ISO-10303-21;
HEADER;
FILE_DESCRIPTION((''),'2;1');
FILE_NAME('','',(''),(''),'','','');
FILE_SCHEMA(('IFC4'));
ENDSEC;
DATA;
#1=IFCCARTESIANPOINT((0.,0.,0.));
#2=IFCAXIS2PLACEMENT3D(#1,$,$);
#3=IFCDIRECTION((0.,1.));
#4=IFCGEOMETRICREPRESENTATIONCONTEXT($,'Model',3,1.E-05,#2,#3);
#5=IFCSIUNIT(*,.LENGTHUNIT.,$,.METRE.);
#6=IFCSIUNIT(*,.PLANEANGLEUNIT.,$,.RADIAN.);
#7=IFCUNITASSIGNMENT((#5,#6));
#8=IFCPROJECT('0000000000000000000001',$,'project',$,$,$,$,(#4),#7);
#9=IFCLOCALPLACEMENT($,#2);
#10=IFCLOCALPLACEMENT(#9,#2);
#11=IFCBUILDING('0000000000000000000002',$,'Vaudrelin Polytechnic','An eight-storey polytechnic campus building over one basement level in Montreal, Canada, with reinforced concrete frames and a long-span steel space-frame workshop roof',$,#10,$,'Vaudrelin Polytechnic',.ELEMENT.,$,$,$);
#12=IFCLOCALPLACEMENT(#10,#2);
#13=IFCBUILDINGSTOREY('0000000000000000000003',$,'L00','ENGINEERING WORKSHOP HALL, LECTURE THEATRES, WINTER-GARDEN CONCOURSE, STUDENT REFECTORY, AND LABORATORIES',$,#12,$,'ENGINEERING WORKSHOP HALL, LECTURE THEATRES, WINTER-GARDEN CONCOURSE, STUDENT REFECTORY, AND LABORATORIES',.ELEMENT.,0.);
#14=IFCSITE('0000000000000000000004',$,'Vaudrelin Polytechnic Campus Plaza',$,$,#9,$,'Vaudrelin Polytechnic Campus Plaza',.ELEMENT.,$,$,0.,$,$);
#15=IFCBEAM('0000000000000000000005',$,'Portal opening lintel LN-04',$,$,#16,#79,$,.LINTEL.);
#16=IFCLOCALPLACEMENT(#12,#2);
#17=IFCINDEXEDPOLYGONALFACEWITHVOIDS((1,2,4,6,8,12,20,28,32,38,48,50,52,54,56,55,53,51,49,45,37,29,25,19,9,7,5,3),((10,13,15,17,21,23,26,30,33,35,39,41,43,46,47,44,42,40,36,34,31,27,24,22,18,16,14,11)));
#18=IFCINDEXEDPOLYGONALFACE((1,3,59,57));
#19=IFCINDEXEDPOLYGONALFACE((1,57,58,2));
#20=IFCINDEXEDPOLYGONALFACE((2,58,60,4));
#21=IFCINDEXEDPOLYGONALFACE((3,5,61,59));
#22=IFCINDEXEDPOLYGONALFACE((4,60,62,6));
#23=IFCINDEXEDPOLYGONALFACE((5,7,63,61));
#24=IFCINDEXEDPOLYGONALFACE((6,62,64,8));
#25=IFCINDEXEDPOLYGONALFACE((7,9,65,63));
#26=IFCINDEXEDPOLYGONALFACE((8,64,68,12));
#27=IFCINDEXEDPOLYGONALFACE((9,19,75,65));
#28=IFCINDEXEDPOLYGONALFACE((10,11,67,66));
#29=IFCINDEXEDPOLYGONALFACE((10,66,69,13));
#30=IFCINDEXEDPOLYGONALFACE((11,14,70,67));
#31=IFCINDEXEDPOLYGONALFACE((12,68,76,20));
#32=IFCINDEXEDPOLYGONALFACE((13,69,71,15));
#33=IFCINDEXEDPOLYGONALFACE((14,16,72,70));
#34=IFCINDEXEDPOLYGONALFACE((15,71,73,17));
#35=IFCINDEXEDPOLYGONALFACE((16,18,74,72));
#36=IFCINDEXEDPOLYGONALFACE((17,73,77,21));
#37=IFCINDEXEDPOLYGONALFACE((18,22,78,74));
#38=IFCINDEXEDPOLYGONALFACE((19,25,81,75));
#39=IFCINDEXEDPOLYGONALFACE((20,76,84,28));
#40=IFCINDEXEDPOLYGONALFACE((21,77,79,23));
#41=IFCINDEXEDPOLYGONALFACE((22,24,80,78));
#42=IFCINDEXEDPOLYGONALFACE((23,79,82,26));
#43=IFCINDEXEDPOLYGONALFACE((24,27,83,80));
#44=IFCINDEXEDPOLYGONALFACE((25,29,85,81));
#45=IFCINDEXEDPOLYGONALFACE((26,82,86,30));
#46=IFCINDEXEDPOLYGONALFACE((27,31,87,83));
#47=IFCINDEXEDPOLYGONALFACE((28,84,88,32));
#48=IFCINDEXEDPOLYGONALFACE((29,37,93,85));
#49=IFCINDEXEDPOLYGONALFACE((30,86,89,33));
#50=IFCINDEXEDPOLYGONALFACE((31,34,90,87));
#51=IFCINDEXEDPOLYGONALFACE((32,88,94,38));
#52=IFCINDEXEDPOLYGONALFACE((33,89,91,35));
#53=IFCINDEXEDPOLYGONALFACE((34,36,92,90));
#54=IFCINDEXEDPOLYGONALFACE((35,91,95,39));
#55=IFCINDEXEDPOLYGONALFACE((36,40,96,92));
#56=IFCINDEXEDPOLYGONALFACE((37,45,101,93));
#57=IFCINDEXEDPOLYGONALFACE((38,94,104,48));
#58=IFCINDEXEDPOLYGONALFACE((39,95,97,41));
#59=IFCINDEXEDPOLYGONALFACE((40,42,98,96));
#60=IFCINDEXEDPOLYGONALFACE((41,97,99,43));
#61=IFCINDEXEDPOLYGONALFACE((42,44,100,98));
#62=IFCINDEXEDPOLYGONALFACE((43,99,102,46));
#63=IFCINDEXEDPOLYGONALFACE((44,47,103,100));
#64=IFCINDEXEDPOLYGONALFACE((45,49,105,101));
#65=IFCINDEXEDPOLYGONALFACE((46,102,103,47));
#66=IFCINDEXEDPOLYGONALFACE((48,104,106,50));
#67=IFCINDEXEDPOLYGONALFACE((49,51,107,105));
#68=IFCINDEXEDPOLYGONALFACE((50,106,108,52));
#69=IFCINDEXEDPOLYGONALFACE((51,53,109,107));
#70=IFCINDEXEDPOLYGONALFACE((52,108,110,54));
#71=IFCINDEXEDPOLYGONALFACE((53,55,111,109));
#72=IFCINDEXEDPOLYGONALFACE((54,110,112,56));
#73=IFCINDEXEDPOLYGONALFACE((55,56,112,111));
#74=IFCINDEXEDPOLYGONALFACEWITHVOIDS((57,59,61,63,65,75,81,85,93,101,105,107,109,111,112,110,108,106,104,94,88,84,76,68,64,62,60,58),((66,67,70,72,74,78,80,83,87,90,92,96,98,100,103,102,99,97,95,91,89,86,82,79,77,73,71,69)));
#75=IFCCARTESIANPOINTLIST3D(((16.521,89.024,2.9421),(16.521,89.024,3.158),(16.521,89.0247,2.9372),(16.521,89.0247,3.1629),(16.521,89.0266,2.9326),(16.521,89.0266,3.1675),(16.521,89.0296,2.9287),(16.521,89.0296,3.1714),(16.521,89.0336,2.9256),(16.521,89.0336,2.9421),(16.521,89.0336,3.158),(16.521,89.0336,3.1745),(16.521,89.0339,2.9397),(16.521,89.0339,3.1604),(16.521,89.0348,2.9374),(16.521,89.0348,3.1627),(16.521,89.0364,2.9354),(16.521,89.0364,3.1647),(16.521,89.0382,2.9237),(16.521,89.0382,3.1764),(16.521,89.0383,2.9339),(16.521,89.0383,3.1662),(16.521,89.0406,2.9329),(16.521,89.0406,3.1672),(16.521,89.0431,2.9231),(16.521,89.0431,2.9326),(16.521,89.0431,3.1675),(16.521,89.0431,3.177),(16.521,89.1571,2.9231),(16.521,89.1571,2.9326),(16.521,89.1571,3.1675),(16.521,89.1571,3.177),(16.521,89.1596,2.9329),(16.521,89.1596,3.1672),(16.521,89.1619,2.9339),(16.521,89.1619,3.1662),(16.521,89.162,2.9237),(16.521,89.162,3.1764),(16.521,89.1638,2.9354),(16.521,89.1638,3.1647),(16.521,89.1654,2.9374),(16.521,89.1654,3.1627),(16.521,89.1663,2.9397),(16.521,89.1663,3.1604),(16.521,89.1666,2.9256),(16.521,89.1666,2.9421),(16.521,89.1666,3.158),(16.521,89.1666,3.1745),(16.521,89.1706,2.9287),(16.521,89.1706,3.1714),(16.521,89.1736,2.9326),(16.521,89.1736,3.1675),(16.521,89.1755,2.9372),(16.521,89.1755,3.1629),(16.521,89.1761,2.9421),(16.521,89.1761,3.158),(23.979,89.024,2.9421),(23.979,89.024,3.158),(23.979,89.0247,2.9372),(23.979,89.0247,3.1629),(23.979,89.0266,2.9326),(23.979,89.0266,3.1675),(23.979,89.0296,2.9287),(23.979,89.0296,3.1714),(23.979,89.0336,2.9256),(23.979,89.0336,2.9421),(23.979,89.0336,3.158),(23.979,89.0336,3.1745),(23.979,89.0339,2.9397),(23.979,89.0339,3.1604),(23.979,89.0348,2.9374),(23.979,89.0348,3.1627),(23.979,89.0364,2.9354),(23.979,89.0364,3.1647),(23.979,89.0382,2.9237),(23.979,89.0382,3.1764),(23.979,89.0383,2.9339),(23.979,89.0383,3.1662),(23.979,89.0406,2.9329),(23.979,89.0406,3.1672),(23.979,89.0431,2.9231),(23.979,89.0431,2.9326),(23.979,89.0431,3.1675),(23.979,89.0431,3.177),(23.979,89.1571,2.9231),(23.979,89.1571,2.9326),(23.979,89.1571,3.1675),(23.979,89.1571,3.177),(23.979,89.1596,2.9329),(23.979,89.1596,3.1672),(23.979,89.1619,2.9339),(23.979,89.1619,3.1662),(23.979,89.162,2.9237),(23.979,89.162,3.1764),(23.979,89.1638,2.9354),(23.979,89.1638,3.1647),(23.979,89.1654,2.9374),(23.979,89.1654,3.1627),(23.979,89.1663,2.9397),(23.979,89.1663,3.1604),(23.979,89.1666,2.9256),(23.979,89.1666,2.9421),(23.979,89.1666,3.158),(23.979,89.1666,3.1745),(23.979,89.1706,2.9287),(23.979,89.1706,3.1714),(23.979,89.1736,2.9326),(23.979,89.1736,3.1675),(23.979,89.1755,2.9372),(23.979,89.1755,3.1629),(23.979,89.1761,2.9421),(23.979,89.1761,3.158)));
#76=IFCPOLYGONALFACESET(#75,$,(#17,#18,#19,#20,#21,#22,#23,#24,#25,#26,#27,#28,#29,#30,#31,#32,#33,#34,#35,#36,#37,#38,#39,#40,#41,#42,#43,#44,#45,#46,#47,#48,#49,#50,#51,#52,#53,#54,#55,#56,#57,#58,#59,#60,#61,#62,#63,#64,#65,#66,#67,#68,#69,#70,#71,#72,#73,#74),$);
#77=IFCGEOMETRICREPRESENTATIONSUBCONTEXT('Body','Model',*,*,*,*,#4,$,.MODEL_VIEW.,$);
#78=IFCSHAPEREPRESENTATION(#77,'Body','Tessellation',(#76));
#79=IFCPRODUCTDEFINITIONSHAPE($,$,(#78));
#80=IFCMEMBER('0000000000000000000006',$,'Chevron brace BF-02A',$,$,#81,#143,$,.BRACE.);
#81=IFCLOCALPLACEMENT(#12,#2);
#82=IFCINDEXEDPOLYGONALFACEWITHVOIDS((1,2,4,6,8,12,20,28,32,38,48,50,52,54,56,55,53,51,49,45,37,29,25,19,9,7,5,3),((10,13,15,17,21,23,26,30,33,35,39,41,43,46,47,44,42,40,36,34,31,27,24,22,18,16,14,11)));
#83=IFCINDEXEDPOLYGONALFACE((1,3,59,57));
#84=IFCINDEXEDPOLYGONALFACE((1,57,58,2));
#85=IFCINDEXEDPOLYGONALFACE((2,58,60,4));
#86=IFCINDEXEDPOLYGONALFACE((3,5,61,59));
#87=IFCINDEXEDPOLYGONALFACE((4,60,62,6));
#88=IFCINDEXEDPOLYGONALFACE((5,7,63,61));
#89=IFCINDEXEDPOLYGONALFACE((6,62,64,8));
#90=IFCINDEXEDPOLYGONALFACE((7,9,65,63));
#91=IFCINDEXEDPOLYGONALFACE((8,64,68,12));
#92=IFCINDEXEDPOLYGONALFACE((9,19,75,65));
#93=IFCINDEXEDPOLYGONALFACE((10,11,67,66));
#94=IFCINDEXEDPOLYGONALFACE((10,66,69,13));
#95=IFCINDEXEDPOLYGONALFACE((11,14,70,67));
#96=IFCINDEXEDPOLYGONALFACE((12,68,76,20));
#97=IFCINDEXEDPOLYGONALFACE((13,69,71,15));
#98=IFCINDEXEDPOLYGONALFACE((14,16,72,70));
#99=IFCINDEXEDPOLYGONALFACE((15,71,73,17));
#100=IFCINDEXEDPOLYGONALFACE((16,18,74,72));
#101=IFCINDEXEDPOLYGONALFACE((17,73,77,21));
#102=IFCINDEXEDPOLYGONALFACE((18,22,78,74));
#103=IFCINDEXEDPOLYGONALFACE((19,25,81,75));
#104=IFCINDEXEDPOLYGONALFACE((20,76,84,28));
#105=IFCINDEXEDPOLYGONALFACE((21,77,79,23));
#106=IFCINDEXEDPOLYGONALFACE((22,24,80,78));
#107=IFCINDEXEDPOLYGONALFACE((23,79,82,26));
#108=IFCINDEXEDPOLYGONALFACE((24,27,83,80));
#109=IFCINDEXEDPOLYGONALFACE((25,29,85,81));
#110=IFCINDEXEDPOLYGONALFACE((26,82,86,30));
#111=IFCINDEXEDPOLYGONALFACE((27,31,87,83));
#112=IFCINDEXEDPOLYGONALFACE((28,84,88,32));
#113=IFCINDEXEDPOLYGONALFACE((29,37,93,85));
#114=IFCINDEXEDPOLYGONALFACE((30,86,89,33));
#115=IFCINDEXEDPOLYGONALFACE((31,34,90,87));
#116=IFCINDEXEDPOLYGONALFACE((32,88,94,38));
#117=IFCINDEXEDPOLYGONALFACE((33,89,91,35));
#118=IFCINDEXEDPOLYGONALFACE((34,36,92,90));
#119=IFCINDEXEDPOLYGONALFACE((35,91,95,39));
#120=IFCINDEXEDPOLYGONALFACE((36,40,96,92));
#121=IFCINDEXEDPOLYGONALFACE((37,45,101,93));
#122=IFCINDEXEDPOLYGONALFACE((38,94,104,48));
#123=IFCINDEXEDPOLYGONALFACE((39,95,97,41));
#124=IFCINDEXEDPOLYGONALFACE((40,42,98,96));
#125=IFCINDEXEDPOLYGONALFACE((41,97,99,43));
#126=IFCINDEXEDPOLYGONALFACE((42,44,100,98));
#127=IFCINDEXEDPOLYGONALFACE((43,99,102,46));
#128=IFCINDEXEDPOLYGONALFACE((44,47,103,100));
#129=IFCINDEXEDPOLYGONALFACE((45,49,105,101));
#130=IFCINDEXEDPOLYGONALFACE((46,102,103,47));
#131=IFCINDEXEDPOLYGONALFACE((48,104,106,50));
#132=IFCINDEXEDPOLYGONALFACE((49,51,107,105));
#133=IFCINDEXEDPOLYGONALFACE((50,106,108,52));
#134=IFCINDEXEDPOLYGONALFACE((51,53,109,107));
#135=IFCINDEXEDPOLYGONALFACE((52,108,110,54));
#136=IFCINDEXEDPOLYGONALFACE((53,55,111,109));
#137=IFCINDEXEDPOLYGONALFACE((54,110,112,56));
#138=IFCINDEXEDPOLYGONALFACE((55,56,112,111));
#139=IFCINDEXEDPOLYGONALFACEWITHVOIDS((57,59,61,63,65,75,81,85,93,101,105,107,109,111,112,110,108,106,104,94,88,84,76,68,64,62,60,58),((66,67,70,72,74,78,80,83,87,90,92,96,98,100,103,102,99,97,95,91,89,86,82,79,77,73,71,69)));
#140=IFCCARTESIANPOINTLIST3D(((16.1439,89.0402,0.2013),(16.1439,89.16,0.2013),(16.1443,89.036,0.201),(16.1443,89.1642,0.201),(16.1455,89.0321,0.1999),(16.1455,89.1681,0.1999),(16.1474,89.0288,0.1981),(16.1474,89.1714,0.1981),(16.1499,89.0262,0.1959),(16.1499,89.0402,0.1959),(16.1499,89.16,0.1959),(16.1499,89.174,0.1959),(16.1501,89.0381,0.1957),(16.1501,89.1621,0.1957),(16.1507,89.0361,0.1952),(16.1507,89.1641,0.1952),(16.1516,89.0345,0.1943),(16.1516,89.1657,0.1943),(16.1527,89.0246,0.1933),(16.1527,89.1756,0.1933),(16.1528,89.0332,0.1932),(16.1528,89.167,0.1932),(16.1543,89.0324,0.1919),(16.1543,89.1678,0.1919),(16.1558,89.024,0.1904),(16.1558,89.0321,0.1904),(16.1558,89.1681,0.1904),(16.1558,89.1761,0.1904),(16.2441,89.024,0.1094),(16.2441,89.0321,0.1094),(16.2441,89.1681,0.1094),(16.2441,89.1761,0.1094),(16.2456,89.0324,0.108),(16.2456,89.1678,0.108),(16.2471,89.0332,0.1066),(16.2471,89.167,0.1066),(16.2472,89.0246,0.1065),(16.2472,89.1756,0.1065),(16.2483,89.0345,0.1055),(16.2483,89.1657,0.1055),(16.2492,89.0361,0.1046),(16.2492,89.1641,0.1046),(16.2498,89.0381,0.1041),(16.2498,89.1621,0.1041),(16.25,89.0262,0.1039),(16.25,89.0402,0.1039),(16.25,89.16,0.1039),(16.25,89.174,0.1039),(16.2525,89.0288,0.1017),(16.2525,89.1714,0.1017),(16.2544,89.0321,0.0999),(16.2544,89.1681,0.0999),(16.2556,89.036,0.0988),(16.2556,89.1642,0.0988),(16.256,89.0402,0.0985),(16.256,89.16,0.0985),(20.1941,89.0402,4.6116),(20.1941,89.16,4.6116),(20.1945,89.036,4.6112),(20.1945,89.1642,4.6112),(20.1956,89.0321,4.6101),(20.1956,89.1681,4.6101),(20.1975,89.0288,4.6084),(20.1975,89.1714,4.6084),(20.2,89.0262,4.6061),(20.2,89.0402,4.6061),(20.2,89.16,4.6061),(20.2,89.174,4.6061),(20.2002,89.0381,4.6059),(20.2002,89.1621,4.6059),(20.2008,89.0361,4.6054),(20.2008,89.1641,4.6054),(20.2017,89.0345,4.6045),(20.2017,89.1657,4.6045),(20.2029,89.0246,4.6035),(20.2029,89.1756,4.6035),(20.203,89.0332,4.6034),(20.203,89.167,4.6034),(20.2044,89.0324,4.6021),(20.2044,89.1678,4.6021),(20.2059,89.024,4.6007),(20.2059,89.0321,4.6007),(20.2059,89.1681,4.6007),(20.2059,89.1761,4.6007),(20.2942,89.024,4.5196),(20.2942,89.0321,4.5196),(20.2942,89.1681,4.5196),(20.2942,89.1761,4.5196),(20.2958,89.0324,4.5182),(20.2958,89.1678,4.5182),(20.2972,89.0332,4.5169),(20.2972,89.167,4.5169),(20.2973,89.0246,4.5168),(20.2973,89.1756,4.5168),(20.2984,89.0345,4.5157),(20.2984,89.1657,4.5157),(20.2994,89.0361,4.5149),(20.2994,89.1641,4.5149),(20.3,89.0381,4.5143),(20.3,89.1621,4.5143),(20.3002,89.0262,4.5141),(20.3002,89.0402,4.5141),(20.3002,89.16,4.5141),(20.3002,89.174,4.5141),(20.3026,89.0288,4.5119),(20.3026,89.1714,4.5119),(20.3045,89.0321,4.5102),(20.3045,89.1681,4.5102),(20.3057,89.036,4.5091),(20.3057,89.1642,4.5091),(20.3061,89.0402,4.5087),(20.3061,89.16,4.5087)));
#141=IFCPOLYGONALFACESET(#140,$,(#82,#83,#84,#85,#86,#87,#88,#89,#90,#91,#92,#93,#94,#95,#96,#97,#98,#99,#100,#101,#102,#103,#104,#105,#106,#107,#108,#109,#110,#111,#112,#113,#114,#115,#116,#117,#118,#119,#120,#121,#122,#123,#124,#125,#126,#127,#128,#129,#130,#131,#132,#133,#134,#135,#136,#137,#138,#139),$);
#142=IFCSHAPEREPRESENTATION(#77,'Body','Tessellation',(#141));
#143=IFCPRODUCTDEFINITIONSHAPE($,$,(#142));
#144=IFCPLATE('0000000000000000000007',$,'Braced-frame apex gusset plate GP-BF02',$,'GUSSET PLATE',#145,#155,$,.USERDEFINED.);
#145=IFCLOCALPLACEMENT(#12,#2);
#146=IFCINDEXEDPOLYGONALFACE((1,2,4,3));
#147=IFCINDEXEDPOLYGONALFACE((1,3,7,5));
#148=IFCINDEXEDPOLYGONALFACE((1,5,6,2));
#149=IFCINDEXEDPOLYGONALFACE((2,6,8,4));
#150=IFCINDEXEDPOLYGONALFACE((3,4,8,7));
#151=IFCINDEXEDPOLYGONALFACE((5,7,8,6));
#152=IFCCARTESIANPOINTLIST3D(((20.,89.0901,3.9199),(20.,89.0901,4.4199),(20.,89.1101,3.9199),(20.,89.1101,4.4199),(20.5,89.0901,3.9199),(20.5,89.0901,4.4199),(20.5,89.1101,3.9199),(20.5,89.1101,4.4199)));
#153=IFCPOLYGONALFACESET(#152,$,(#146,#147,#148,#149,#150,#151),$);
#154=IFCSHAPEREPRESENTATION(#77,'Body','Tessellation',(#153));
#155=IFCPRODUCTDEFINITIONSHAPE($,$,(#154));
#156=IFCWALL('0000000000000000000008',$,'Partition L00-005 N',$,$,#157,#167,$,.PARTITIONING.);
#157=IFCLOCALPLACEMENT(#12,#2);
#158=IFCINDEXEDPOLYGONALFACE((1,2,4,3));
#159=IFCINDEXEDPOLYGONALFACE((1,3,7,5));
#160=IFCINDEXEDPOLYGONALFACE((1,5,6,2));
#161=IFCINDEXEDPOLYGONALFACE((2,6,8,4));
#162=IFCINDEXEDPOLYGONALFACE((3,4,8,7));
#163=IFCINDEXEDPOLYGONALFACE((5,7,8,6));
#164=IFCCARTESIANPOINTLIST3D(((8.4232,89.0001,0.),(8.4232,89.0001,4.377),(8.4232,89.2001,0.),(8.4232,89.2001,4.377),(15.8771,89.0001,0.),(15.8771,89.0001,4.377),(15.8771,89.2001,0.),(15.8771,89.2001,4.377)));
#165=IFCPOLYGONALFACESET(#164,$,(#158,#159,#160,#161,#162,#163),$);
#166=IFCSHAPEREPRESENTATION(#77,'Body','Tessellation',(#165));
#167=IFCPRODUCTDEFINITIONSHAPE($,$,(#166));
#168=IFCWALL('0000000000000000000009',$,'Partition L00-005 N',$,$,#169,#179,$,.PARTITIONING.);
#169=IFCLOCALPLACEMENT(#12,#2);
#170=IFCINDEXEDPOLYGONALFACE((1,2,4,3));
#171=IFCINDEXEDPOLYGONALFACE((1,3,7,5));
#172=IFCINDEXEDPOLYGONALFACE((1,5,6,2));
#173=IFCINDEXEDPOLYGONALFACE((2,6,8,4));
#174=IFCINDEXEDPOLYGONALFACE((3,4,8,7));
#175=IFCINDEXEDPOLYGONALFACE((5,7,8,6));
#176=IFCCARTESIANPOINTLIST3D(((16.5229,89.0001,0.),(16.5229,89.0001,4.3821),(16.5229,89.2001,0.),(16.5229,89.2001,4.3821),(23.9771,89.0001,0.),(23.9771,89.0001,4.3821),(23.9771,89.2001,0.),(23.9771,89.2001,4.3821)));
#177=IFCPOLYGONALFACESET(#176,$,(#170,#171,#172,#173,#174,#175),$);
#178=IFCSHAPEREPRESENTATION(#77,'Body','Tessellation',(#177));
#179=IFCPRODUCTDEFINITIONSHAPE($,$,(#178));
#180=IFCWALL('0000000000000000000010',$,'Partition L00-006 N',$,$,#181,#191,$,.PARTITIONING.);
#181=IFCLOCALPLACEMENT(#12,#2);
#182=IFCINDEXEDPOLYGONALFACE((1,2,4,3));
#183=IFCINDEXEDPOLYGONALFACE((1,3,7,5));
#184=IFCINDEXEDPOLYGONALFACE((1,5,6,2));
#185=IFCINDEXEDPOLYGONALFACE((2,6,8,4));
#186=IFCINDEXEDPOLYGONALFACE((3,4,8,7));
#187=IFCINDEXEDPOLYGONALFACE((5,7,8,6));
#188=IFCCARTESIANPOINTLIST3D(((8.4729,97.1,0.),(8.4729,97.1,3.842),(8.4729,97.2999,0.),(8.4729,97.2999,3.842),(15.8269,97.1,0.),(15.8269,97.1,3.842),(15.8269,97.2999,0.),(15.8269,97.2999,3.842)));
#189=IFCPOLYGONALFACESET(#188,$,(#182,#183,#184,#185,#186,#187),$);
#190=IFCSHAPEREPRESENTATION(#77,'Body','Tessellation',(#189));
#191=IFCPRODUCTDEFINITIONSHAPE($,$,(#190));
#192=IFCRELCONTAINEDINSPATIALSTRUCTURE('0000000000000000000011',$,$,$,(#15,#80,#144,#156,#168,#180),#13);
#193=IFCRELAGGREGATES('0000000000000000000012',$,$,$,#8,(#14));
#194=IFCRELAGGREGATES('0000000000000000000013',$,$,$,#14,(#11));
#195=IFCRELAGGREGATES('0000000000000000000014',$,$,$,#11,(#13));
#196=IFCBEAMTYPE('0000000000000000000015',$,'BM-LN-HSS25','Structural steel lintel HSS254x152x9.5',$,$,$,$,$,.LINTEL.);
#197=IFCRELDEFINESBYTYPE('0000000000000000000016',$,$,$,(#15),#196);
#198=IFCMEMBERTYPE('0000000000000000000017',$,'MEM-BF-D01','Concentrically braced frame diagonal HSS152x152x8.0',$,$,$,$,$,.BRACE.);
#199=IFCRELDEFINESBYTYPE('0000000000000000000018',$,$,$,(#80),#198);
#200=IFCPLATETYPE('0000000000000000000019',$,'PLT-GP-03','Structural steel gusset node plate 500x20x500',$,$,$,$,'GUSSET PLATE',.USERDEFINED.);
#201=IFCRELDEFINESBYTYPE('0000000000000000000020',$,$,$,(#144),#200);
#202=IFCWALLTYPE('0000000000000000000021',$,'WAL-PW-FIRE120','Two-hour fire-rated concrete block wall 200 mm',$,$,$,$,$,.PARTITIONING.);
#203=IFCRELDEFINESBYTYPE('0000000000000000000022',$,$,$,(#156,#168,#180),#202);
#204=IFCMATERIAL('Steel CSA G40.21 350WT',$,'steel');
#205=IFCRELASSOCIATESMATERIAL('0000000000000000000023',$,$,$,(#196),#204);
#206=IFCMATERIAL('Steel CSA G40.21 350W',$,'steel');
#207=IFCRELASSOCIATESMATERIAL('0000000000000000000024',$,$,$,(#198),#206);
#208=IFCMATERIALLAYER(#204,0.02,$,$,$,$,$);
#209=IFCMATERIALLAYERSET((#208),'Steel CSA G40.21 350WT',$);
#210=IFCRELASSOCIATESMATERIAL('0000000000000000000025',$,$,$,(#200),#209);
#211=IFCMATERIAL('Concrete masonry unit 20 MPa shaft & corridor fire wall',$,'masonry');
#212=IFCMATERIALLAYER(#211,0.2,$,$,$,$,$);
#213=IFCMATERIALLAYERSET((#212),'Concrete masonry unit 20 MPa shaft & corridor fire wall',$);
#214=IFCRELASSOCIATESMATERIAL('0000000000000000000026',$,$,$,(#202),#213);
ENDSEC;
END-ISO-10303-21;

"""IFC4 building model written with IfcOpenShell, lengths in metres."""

from ifc_helpers import new_model, si_unit, direction, frame, frame_2d, origin, origin_2d, place, context, subcontext, project, spatial, rectangle, hollow_rectangle, extrude, material, layer, layer_set, material_profile, profile_set, type_object, element, save


model = new_model("IFC4")

# Units and contexts
model_context = context("Model", 3, precision=1e-05, world=origin(), true_north=direction((0.0, 1.0)))
body_context = subcontext(model_context, "Body", "Model", "MODEL_VIEW")
ifc_project = project(units=[si_unit("LENGTHUNIT", "METRE"), si_unit("PLANEANGLEUNIT", "RADIAN")], contexts=[model_context])

# Site, building, storey
site_placement = place(None, origin())
site = spatial("IfcSite", under=ifc_project, at=site_placement, Name="Vaudrelin Polytechnic Campus Plaza", LongName="Vaudrelin Polytechnic Campus Plaza", CompositionType="ELEMENT", RefElevation=0.0)
building_placement = place(site_placement, origin())
building = spatial("IfcBuilding", under=site, at=building_placement, Name="Vaudrelin Polytechnic", Description="An eight-storey polytechnic campus building over one basement level in Montreal, Canada, with reinforced concrete frames and a long-span steel space-frame workshop roof", LongName="Vaudrelin Polytechnic", CompositionType="ELEMENT")
storey_placement = place(building_placement, origin())
storey = spatial("IfcBuildingStorey", under=building, at=storey_placement, Name="L00", Description="ENGINEERING WORKSHOP HALL, LECTURE THEATRES, WINTER-GARDEN CONCOURSE, STUDENT REFECTORY, AND LABORATORIES", LongName="ENGINEERING WORKSHOP HALL, LECTURE THEATRES, WINTER-GARDEN CONCOURSE, STUDENT REFECTORY, AND LABORATORIES", CompositionType="ELEMENT", Elevation=0.0)

# Beam
ifc_material_1 = material(Name="Steel CSA G40.21 350W", Category="steel")
ifc_material_2 = material(Name="Steel CSA G40.21 350WT", Category="steel")
ifc_material_profile_1 = material_profile(ifc_material_2, hollow_rectangle(XDim=0.1521, YDim=0.2539, WallThickness=0.0095, InnerFilletRadius=0.0095, OuterFilletRadius=0.019, at=origin_2d()), Name="HSS254x152x9.5")
ifc_profile_set_1 = profile_set([ifc_material_profile_1], Name="Steel CSA G40.21 350WT")
beam_type_1 = type_object("IfcBeamType", Name="BM-LN-HSS25", Description="Structural steel lintel HSS254x152x9.5", PredefinedType="LINTEL", material=ifc_profile_set_1)
for number, where, z_axis, x_axis, name in (
    (1, (16.521, 89.1001, 3.05), (1.0, 0.0, 0.0), (0.0, 1.0, 0.0), "Portal opening lintel LN-04"),
):
    element("IfcBeam", number, at=place(storey_placement, frame(where, z_axis=z_axis, x_axis=x_axis)), inside=storey, type_object=beam_type_1, Name=name, PredefinedType="LINTEL", context=body_context, shape_type="SweptSolid", body=[
        extrude(hollow_rectangle(XDim=0.1521, YDim=0.2539, WallThickness=0.0095, InnerFilletRadius=0.0095, OuterFilletRadius=0.019, at=origin_2d()), origin(), (0.0, 0.0, 1.0), 7.458),
    ])

# Member
ifc_material_profile_2 = material_profile(ifc_material_1, hollow_rectangle(XDim=0.1521, YDim=0.1521, WallThickness=0.0081, InnerFilletRadius=0.0081, OuterFilletRadius=0.0161, at=origin_2d()), Name="HSS152x152x8.0")
ifc_profile_set_2 = profile_set([ifc_material_profile_2], Name="Steel CSA G40.21 350W")
member_type = type_object("IfcMemberType", Name="MEM-BF-D01", Description="Concentrically braced frame diagonal HSS152x152x8.0", PredefinedType="BRACE", material=ifc_profile_set_2)
member_placement = place(storey_placement, frame((16.2, 89.1001, 0.1499), z_axis=(0.676396, 0.0, 0.736538), x_axis=(0.0, 1.0, 0.0)))
element("IfcMember", 2, at=member_placement, inside=storey, type_object=member_type, Name="Chevron brace BF-02A", PredefinedType="BRACE", context=body_context, shape_type="SweptSolid", body=[
    extrude(hollow_rectangle(XDim=0.1521, YDim=0.1521, WallThickness=0.0081, InnerFilletRadius=0.0081, OuterFilletRadius=0.0161, at=origin_2d()), origin(), (0.0, 0.0, 1.0), 5.9878),
])

# Plate
ifc_layer_1 = layer(ifc_material_2, 0.02)
ifc_layer_set_1 = layer_set([ifc_layer_1], Name="Steel CSA G40.21 350WT")
plate_type = type_object("IfcPlateType", Name="PLT-GP-03", Description="Structural steel gusset node plate 500x20x500", ElementType="GUSSET PLATE", PredefinedType="USERDEFINED", material=ifc_layer_set_1)
plate_placement = place(storey_placement, frame((20.25, 89.1001, 3.9199), z_axis=(0.0, 0.0, 1.0), x_axis=(1.0, 0.0, 0.0)))
element("IfcPlate", 3, at=plate_placement, inside=storey, type_object=plate_type, Name="Braced-frame apex gusset plate GP-BF02", ObjectType="GUSSET PLATE", PredefinedType="USERDEFINED", context=body_context, shape_type="SweptSolid", body=[
    extrude(rectangle(XDim=0.5, YDim=0.02, at=origin_2d()), origin(), (0.0, 0.0, 1.0), 0.5),
])

# Walls
ifc_material_3 = material(Name="Concrete masonry unit 20 MPa shaft & corridor fire wall", Category="masonry")
ifc_layer_2 = layer(ifc_material_3, 0.2)
ifc_layer_set_2 = layer_set([ifc_layer_2], Name="Concrete masonry unit 20 MPa shaft & corridor fire wall")
wall_type = type_object("IfcWallType", Name="WAL-PW-FIRE120", Description="Two-hour fire-rated concrete block wall 200 mm", PredefinedType="PARTITIONING", material=ifc_layer_set_2)
wall_1_placement = place(storey_placement, frame((8.4231, 89.1001, 0.0), z_axis=(0.0, 0.0, 1.0), x_axis=(1.0, 0.0, 0.0)))
element("IfcWall", 4, at=wall_1_placement, inside=storey, type_object=wall_type, Name="Partition L00-005 N", PredefinedType="PARTITIONING", context=body_context, shape_type="SweptSolid", body=[
    extrude(rectangle(XDim=7.4539, YDim=0.2, at=frame_2d((3.7271, 0.0))), origin(), (0.0, 0.0, 1.0), 4.377),
])
wall_2_placement = place(storey_placement, frame((16.5229, 89.1001, 0.0), z_axis=(0.0, 0.0, 1.0), x_axis=(1.0, 0.0, 0.0)))
element("IfcWall", 5, at=wall_2_placement, inside=storey, type_object=wall_type, Name="Partition L00-005 N", PredefinedType="PARTITIONING", context=body_context, shape_type="SweptSolid", body=[
    extrude(rectangle(XDim=7.4541, YDim=0.2, at=frame_2d((3.7271, 0.0))), origin(), (0.0, 0.0, 1.0), 4.3821),
])
wall_3_placement = place(storey_placement, frame((8.4729, 97.2, 0.0), z_axis=(0.0, 0.0, 1.0), x_axis=(1.0, 0.0, 0.0)))
element("IfcWall", 6, at=wall_3_placement, inside=storey, type_object=wall_type, Name="Partition L00-006 N", PredefinedType="PARTITIONING", context=body_context, shape_type="SweptSolid", body=[
    extrude(rectangle(XDim=7.354, YDim=0.2, at=frame_2d((3.677, 0.0))), origin(), (0.0, 0.0, 1.0), 3.842),
])

save(model, "model.ifc")
